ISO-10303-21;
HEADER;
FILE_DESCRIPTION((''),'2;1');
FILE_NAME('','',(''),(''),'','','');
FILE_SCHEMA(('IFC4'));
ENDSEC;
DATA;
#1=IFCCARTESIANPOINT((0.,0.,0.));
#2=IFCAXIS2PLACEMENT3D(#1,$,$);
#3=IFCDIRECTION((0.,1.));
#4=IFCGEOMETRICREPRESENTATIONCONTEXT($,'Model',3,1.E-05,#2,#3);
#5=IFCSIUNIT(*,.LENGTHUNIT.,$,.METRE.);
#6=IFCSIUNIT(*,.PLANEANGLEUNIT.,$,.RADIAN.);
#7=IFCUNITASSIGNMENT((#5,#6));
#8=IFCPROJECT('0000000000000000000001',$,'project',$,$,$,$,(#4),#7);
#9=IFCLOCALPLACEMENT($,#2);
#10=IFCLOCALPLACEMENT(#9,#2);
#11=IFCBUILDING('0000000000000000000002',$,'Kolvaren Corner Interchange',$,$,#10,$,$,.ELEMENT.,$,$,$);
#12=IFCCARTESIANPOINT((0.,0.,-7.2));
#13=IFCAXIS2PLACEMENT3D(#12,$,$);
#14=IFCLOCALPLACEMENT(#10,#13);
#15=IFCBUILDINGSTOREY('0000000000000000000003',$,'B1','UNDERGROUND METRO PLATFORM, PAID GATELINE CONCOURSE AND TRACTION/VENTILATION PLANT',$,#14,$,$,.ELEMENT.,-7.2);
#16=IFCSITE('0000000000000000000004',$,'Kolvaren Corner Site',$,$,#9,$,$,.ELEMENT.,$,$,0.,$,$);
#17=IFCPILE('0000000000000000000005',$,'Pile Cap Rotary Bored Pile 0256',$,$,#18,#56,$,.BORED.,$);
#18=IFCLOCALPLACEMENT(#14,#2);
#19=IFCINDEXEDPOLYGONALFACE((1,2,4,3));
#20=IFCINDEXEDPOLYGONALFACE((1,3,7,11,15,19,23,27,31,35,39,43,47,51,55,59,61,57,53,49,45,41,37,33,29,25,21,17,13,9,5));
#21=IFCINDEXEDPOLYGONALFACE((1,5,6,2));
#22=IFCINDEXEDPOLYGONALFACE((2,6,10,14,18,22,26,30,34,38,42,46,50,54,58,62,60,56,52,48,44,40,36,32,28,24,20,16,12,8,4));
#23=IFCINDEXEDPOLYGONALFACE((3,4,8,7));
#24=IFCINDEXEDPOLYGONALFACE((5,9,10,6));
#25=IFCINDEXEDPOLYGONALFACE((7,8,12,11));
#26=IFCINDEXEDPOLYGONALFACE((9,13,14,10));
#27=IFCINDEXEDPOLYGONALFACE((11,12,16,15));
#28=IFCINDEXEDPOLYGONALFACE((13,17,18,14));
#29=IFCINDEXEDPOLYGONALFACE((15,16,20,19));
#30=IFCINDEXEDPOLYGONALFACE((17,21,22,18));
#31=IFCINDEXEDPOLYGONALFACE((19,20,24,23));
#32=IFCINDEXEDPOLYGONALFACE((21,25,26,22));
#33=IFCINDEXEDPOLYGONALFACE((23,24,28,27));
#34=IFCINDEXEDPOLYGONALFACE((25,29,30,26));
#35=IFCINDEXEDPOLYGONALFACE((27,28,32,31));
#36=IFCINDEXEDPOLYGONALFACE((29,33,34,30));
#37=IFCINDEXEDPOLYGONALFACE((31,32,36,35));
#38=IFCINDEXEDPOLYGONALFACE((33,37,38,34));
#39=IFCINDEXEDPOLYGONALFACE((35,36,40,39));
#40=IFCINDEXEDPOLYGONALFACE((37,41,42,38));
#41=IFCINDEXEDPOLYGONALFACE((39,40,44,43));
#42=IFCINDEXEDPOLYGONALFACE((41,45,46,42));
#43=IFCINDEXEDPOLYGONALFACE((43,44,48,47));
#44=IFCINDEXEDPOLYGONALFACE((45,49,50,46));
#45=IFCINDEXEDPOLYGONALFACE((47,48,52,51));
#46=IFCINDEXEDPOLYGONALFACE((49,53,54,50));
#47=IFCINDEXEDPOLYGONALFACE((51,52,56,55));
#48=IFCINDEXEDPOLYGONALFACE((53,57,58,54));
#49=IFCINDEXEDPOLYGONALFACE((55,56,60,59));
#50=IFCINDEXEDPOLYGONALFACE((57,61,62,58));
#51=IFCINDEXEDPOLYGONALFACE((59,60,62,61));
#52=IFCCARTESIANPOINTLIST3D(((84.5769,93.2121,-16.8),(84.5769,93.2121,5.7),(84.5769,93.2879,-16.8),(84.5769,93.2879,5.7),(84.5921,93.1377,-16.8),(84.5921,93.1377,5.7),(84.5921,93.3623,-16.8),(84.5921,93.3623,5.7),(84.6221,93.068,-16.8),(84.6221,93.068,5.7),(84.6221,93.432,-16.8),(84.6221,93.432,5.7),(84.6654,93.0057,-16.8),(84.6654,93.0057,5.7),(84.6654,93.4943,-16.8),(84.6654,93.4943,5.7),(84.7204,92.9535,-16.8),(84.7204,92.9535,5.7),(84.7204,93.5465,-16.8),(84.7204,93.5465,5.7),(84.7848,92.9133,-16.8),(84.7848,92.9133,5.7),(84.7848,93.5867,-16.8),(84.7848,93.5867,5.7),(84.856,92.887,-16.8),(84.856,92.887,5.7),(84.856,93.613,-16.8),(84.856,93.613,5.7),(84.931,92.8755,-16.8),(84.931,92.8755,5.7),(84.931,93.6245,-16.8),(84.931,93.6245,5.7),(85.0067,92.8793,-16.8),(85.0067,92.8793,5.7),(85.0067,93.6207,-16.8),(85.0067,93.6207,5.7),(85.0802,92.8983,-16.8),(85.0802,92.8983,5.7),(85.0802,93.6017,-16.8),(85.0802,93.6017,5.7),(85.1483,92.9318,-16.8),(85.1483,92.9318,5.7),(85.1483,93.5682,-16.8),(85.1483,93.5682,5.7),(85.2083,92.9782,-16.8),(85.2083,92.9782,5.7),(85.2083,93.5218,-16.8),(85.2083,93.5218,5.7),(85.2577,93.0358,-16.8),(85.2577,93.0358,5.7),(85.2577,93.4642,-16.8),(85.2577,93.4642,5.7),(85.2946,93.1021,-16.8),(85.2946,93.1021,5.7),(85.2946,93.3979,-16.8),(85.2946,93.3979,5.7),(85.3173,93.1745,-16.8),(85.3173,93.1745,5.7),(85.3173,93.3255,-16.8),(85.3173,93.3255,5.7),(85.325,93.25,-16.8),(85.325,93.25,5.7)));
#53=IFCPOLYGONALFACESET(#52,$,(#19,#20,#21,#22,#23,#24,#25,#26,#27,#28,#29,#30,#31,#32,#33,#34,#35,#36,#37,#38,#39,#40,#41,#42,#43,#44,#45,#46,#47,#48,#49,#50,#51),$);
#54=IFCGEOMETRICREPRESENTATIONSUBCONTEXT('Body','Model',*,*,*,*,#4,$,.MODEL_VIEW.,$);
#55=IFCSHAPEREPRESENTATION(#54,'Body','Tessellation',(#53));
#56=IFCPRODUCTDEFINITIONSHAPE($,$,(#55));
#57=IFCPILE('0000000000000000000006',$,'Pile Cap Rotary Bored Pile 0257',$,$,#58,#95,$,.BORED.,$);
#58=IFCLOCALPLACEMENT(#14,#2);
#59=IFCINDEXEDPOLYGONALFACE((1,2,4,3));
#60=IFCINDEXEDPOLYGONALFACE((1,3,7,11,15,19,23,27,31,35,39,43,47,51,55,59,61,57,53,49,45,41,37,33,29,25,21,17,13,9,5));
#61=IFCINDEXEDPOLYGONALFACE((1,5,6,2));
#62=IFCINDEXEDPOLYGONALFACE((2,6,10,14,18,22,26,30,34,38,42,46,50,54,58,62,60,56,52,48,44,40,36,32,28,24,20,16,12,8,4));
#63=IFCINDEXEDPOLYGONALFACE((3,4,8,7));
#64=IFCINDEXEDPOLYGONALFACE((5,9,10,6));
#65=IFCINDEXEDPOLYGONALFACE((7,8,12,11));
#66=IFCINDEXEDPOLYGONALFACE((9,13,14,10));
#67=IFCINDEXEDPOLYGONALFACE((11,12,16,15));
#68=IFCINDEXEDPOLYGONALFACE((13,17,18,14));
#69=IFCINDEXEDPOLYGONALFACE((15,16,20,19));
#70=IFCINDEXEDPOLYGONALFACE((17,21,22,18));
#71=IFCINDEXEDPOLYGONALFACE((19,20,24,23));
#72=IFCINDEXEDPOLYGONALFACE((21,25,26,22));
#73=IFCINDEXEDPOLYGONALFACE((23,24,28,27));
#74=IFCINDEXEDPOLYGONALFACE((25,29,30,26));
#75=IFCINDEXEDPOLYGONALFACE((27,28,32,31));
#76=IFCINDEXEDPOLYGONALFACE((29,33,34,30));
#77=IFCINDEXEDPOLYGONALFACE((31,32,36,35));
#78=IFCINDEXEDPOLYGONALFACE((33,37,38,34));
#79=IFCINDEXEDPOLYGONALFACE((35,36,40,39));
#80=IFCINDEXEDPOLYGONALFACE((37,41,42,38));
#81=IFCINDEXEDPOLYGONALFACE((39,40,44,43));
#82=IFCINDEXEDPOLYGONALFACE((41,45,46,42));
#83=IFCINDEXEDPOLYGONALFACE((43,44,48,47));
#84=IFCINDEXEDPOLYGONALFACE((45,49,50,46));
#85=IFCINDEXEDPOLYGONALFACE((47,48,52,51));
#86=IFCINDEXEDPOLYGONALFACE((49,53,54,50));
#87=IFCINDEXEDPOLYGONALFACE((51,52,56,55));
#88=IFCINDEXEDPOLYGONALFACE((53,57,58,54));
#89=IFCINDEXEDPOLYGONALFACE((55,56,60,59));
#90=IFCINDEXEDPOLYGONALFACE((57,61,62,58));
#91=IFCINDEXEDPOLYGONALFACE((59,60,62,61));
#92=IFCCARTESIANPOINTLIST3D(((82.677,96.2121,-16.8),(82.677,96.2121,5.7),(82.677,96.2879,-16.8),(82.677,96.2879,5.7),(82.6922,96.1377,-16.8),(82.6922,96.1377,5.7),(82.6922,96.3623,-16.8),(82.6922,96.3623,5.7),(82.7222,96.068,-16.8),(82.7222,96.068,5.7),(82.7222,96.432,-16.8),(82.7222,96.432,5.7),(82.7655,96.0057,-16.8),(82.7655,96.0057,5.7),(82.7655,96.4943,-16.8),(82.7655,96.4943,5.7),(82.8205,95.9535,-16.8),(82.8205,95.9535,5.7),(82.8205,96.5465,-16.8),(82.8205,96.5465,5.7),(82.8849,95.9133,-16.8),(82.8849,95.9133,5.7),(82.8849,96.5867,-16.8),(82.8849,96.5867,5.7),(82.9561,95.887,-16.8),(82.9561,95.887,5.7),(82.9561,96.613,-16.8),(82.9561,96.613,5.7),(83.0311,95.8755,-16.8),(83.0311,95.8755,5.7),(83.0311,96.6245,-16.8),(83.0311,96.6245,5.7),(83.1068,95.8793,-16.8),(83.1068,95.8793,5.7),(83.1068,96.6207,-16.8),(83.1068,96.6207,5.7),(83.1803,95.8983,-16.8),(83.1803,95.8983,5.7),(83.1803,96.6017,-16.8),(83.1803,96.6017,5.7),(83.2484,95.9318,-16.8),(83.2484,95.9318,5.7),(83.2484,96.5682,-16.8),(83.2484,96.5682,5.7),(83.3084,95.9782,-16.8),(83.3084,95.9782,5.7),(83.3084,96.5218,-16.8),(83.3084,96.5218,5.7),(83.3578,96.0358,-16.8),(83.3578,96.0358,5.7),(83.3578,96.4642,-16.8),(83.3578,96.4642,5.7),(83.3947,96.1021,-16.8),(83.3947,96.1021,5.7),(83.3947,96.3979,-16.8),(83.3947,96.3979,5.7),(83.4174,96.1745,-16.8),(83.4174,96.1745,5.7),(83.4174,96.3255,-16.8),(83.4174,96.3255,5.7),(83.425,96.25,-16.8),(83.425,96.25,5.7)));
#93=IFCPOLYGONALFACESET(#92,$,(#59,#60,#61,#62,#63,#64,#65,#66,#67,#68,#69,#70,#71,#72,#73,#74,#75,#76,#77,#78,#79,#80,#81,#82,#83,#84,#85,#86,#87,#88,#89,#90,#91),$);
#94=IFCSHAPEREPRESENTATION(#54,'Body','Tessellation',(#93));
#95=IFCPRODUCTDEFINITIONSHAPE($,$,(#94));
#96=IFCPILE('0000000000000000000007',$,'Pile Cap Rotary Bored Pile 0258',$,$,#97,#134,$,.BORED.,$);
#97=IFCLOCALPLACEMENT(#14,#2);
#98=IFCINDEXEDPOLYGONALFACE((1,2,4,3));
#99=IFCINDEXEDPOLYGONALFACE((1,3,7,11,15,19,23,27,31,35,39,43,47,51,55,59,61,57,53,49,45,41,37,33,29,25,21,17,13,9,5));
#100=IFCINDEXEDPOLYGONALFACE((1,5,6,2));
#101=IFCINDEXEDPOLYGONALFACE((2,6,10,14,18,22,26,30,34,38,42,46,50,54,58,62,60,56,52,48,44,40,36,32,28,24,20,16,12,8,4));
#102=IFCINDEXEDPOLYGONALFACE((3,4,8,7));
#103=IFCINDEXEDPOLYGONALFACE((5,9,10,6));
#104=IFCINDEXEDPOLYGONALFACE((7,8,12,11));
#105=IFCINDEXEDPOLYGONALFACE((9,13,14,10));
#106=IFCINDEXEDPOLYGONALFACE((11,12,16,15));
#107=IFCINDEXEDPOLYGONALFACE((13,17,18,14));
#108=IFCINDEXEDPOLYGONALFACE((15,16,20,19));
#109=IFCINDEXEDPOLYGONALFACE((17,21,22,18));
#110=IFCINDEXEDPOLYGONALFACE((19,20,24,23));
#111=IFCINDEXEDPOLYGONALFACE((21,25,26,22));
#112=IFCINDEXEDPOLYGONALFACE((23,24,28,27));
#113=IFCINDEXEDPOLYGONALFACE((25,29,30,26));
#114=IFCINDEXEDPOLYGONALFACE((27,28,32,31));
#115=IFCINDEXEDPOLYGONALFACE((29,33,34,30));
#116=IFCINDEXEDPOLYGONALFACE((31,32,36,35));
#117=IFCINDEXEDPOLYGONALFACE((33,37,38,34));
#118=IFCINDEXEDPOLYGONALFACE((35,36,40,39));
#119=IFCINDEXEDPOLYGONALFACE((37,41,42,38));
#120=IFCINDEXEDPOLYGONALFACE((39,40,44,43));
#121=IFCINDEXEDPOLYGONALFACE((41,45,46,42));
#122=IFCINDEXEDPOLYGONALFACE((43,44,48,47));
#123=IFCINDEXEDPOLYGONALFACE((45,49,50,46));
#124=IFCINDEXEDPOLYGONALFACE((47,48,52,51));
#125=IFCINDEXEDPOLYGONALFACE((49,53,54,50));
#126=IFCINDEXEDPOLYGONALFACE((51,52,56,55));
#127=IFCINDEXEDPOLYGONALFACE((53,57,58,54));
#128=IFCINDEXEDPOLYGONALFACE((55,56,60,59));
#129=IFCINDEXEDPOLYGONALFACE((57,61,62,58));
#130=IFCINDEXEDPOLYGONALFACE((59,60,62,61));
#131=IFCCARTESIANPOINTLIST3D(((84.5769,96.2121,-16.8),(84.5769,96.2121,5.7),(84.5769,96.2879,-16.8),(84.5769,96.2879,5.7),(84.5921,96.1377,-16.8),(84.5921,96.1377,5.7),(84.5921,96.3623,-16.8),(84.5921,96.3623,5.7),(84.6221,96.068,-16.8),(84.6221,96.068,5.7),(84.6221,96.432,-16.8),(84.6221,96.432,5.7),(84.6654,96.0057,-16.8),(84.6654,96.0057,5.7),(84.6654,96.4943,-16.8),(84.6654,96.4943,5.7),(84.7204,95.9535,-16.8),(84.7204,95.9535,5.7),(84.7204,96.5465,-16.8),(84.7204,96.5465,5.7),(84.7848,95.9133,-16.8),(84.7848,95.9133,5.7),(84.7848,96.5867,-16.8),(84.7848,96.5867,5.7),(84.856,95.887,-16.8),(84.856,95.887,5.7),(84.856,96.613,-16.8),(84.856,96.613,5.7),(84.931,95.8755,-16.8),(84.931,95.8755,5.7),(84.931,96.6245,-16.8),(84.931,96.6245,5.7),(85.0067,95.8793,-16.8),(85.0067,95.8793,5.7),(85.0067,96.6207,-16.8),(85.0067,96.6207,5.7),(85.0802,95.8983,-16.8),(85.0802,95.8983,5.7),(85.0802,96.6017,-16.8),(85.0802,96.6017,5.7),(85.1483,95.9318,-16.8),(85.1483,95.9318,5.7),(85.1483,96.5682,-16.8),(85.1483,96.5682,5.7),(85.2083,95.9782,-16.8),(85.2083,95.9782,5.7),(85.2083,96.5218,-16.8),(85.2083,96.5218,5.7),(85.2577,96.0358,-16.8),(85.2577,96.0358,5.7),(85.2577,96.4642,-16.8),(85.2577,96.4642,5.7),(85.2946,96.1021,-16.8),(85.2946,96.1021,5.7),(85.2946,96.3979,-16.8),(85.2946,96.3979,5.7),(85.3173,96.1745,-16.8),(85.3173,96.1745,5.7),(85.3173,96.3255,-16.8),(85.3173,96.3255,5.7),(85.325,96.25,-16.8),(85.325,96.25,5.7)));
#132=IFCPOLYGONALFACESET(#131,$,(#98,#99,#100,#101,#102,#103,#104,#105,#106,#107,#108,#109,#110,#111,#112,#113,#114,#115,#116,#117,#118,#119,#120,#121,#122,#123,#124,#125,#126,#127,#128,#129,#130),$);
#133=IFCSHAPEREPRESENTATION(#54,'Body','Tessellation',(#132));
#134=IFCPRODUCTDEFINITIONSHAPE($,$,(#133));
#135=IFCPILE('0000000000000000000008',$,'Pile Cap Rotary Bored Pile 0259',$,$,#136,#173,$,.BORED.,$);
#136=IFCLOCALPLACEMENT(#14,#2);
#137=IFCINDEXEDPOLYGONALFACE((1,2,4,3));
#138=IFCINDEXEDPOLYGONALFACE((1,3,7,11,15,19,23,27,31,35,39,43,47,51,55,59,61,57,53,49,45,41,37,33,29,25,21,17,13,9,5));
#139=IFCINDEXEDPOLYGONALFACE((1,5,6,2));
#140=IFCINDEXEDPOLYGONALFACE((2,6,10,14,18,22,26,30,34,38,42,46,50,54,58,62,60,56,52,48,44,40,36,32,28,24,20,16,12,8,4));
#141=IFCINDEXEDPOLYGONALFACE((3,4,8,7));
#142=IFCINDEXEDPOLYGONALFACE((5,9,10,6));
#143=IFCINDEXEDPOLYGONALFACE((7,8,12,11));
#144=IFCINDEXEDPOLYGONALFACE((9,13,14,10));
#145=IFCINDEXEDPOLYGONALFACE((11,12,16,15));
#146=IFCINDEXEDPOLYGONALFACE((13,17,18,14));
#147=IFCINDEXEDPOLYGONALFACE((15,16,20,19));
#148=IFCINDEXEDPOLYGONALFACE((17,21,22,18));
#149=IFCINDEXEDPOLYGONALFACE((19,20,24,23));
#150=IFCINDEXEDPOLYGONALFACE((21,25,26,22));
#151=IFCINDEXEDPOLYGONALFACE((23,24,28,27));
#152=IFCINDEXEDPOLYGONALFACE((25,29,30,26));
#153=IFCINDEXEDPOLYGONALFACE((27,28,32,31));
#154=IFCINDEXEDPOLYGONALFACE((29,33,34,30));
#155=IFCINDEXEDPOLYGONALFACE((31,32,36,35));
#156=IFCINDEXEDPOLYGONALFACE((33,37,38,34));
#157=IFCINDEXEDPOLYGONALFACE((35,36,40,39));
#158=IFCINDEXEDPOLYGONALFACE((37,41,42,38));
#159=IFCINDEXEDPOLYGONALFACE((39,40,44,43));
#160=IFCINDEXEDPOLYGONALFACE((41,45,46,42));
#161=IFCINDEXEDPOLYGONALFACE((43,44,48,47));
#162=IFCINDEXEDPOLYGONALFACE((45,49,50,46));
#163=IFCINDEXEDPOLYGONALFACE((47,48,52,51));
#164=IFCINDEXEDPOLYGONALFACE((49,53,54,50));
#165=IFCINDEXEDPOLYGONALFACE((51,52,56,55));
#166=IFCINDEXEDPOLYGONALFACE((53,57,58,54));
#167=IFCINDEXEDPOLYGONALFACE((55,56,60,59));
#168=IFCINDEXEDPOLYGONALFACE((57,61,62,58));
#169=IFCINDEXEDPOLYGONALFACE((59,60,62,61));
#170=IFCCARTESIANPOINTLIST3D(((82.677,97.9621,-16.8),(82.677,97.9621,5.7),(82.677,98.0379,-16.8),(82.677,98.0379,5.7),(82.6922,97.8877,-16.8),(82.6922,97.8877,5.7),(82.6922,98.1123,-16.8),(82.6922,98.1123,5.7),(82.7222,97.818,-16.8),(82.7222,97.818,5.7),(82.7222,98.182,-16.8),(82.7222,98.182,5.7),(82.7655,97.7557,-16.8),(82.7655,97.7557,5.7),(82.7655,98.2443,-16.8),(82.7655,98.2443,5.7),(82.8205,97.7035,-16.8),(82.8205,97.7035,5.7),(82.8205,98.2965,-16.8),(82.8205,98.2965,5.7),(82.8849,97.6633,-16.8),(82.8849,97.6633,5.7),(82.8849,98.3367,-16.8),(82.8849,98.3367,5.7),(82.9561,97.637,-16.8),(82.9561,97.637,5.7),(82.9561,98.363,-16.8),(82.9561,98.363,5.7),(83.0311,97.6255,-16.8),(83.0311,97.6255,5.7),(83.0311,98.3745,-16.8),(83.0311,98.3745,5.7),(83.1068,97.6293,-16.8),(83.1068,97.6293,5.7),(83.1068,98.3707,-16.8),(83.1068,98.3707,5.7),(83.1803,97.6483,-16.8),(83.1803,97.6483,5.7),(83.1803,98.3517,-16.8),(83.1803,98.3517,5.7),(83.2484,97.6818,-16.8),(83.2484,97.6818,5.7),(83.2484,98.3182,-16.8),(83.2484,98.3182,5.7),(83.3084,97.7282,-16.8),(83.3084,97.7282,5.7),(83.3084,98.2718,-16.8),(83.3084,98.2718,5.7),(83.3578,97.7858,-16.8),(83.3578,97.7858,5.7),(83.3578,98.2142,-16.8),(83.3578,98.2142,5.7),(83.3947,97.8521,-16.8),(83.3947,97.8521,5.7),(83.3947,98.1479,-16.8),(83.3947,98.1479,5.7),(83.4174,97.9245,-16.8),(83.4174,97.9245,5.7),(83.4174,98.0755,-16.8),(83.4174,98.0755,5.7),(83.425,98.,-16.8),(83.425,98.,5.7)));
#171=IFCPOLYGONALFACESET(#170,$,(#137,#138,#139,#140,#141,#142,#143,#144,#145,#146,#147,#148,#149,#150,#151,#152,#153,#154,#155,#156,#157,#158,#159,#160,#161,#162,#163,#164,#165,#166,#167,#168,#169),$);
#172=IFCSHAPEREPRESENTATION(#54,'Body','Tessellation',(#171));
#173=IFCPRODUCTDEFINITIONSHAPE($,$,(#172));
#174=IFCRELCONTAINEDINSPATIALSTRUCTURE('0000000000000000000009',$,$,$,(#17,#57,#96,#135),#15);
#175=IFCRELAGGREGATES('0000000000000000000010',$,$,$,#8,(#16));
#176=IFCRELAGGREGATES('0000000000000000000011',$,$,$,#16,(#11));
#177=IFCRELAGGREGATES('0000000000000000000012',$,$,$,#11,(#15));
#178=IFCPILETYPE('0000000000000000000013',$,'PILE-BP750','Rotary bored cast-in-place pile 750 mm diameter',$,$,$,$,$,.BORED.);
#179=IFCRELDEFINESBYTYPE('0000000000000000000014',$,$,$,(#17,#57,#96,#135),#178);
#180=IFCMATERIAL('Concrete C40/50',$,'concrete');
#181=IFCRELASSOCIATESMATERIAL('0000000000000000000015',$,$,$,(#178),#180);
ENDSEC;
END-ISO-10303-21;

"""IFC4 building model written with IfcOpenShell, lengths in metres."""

from ifc_helpers import new_model, si_unit, direction, frame, origin, origin_2d, place, context, subcontext, project, spatial, circle, extrude, material, material_profile, profile_set, type_object, element, save


model = new_model("IFC4")

# Units and contexts
model_context = context("Model", 3, precision=1e-05, world=origin(), true_north=direction((0.0, 1.0)))
body_context = subcontext(model_context, "Body", "Model", "MODEL_VIEW")
ifc_project = project(units=[si_unit("LENGTHUNIT", "METRE"), si_unit("PLANEANGLEUNIT", "RADIAN")], contexts=[model_context])

# Site, building, storey
site_placement = place(None, origin())
site = spatial("IfcSite", under=ifc_project, at=site_placement, Name="Kolvaren Corner Site", CompositionType="ELEMENT", RefElevation=0.0)
building_placement = place(site_placement, origin())
building = spatial("IfcBuilding", under=site, at=building_placement, Name="Kolvaren Corner Interchange", CompositionType="ELEMENT")
storey_placement = place(building_placement, frame((0.0, 0.0, -7.2)))
storey = spatial("IfcBuildingStorey", under=building, at=storey_placement, Name="B1", Description="UNDERGROUND METRO PLATFORM, PAID GATELINE CONCOURSE AND TRACTION/VENTILATION PLANT", CompositionType="ELEMENT", Elevation=-7.2)

# Piles
ifc_material_1 = material(Name="Concrete C40/50", Category="concrete")
ifc_material_profile = material_profile(ifc_material_1, circle(Radius=0.375, at=origin_2d()), Name="BORED PILE 750")
ifc_profile_set = profile_set([ifc_material_profile], Name="Concrete C40/50")
pile_type = type_object("IfcPileType", Name="PILE-BP750", Description="Rotary bored cast-in-place pile 750 mm diameter", PredefinedType="BORED", material=ifc_profile_set)
for number, where, z_axis, x_axis, name in (
    (1, (84.95, 93.25, 5.7), (0.0, 0.0, -1.0), (1.0, 0.0, 0.0), "Pile Cap Rotary Bored Pile 0256"),
    (2, (83.05, 96.25, 5.7), (0.0, 0.0, -1.0), (1.0, 0.0, 0.0), "Pile Cap Rotary Bored Pile 0257"),
    (3, (84.95, 96.25, 5.7), (0.0, 0.0, -1.0), (1.0, 0.0, 0.0), "Pile Cap Rotary Bored Pile 0258"),
    (4, (83.05, 98.0, 5.7), (0.0, 0.0, -1.0), (1.0, 0.0, 0.0), "Pile Cap Rotary Bored Pile 0259"),
):
    element("IfcPile", number, at=place(storey_placement, frame(where, z_axis=z_axis, x_axis=x_axis)), inside=storey, type_object=pile_type, Name=name, PredefinedType="BORED", context=body_context, shape_type="SweptSolid", body=[
        extrude(circle(Radius=0.375, at=origin_2d()), origin(), (0.0, 0.0, 1.0), 22.5),
    ])

save(model, "model.ifc")
